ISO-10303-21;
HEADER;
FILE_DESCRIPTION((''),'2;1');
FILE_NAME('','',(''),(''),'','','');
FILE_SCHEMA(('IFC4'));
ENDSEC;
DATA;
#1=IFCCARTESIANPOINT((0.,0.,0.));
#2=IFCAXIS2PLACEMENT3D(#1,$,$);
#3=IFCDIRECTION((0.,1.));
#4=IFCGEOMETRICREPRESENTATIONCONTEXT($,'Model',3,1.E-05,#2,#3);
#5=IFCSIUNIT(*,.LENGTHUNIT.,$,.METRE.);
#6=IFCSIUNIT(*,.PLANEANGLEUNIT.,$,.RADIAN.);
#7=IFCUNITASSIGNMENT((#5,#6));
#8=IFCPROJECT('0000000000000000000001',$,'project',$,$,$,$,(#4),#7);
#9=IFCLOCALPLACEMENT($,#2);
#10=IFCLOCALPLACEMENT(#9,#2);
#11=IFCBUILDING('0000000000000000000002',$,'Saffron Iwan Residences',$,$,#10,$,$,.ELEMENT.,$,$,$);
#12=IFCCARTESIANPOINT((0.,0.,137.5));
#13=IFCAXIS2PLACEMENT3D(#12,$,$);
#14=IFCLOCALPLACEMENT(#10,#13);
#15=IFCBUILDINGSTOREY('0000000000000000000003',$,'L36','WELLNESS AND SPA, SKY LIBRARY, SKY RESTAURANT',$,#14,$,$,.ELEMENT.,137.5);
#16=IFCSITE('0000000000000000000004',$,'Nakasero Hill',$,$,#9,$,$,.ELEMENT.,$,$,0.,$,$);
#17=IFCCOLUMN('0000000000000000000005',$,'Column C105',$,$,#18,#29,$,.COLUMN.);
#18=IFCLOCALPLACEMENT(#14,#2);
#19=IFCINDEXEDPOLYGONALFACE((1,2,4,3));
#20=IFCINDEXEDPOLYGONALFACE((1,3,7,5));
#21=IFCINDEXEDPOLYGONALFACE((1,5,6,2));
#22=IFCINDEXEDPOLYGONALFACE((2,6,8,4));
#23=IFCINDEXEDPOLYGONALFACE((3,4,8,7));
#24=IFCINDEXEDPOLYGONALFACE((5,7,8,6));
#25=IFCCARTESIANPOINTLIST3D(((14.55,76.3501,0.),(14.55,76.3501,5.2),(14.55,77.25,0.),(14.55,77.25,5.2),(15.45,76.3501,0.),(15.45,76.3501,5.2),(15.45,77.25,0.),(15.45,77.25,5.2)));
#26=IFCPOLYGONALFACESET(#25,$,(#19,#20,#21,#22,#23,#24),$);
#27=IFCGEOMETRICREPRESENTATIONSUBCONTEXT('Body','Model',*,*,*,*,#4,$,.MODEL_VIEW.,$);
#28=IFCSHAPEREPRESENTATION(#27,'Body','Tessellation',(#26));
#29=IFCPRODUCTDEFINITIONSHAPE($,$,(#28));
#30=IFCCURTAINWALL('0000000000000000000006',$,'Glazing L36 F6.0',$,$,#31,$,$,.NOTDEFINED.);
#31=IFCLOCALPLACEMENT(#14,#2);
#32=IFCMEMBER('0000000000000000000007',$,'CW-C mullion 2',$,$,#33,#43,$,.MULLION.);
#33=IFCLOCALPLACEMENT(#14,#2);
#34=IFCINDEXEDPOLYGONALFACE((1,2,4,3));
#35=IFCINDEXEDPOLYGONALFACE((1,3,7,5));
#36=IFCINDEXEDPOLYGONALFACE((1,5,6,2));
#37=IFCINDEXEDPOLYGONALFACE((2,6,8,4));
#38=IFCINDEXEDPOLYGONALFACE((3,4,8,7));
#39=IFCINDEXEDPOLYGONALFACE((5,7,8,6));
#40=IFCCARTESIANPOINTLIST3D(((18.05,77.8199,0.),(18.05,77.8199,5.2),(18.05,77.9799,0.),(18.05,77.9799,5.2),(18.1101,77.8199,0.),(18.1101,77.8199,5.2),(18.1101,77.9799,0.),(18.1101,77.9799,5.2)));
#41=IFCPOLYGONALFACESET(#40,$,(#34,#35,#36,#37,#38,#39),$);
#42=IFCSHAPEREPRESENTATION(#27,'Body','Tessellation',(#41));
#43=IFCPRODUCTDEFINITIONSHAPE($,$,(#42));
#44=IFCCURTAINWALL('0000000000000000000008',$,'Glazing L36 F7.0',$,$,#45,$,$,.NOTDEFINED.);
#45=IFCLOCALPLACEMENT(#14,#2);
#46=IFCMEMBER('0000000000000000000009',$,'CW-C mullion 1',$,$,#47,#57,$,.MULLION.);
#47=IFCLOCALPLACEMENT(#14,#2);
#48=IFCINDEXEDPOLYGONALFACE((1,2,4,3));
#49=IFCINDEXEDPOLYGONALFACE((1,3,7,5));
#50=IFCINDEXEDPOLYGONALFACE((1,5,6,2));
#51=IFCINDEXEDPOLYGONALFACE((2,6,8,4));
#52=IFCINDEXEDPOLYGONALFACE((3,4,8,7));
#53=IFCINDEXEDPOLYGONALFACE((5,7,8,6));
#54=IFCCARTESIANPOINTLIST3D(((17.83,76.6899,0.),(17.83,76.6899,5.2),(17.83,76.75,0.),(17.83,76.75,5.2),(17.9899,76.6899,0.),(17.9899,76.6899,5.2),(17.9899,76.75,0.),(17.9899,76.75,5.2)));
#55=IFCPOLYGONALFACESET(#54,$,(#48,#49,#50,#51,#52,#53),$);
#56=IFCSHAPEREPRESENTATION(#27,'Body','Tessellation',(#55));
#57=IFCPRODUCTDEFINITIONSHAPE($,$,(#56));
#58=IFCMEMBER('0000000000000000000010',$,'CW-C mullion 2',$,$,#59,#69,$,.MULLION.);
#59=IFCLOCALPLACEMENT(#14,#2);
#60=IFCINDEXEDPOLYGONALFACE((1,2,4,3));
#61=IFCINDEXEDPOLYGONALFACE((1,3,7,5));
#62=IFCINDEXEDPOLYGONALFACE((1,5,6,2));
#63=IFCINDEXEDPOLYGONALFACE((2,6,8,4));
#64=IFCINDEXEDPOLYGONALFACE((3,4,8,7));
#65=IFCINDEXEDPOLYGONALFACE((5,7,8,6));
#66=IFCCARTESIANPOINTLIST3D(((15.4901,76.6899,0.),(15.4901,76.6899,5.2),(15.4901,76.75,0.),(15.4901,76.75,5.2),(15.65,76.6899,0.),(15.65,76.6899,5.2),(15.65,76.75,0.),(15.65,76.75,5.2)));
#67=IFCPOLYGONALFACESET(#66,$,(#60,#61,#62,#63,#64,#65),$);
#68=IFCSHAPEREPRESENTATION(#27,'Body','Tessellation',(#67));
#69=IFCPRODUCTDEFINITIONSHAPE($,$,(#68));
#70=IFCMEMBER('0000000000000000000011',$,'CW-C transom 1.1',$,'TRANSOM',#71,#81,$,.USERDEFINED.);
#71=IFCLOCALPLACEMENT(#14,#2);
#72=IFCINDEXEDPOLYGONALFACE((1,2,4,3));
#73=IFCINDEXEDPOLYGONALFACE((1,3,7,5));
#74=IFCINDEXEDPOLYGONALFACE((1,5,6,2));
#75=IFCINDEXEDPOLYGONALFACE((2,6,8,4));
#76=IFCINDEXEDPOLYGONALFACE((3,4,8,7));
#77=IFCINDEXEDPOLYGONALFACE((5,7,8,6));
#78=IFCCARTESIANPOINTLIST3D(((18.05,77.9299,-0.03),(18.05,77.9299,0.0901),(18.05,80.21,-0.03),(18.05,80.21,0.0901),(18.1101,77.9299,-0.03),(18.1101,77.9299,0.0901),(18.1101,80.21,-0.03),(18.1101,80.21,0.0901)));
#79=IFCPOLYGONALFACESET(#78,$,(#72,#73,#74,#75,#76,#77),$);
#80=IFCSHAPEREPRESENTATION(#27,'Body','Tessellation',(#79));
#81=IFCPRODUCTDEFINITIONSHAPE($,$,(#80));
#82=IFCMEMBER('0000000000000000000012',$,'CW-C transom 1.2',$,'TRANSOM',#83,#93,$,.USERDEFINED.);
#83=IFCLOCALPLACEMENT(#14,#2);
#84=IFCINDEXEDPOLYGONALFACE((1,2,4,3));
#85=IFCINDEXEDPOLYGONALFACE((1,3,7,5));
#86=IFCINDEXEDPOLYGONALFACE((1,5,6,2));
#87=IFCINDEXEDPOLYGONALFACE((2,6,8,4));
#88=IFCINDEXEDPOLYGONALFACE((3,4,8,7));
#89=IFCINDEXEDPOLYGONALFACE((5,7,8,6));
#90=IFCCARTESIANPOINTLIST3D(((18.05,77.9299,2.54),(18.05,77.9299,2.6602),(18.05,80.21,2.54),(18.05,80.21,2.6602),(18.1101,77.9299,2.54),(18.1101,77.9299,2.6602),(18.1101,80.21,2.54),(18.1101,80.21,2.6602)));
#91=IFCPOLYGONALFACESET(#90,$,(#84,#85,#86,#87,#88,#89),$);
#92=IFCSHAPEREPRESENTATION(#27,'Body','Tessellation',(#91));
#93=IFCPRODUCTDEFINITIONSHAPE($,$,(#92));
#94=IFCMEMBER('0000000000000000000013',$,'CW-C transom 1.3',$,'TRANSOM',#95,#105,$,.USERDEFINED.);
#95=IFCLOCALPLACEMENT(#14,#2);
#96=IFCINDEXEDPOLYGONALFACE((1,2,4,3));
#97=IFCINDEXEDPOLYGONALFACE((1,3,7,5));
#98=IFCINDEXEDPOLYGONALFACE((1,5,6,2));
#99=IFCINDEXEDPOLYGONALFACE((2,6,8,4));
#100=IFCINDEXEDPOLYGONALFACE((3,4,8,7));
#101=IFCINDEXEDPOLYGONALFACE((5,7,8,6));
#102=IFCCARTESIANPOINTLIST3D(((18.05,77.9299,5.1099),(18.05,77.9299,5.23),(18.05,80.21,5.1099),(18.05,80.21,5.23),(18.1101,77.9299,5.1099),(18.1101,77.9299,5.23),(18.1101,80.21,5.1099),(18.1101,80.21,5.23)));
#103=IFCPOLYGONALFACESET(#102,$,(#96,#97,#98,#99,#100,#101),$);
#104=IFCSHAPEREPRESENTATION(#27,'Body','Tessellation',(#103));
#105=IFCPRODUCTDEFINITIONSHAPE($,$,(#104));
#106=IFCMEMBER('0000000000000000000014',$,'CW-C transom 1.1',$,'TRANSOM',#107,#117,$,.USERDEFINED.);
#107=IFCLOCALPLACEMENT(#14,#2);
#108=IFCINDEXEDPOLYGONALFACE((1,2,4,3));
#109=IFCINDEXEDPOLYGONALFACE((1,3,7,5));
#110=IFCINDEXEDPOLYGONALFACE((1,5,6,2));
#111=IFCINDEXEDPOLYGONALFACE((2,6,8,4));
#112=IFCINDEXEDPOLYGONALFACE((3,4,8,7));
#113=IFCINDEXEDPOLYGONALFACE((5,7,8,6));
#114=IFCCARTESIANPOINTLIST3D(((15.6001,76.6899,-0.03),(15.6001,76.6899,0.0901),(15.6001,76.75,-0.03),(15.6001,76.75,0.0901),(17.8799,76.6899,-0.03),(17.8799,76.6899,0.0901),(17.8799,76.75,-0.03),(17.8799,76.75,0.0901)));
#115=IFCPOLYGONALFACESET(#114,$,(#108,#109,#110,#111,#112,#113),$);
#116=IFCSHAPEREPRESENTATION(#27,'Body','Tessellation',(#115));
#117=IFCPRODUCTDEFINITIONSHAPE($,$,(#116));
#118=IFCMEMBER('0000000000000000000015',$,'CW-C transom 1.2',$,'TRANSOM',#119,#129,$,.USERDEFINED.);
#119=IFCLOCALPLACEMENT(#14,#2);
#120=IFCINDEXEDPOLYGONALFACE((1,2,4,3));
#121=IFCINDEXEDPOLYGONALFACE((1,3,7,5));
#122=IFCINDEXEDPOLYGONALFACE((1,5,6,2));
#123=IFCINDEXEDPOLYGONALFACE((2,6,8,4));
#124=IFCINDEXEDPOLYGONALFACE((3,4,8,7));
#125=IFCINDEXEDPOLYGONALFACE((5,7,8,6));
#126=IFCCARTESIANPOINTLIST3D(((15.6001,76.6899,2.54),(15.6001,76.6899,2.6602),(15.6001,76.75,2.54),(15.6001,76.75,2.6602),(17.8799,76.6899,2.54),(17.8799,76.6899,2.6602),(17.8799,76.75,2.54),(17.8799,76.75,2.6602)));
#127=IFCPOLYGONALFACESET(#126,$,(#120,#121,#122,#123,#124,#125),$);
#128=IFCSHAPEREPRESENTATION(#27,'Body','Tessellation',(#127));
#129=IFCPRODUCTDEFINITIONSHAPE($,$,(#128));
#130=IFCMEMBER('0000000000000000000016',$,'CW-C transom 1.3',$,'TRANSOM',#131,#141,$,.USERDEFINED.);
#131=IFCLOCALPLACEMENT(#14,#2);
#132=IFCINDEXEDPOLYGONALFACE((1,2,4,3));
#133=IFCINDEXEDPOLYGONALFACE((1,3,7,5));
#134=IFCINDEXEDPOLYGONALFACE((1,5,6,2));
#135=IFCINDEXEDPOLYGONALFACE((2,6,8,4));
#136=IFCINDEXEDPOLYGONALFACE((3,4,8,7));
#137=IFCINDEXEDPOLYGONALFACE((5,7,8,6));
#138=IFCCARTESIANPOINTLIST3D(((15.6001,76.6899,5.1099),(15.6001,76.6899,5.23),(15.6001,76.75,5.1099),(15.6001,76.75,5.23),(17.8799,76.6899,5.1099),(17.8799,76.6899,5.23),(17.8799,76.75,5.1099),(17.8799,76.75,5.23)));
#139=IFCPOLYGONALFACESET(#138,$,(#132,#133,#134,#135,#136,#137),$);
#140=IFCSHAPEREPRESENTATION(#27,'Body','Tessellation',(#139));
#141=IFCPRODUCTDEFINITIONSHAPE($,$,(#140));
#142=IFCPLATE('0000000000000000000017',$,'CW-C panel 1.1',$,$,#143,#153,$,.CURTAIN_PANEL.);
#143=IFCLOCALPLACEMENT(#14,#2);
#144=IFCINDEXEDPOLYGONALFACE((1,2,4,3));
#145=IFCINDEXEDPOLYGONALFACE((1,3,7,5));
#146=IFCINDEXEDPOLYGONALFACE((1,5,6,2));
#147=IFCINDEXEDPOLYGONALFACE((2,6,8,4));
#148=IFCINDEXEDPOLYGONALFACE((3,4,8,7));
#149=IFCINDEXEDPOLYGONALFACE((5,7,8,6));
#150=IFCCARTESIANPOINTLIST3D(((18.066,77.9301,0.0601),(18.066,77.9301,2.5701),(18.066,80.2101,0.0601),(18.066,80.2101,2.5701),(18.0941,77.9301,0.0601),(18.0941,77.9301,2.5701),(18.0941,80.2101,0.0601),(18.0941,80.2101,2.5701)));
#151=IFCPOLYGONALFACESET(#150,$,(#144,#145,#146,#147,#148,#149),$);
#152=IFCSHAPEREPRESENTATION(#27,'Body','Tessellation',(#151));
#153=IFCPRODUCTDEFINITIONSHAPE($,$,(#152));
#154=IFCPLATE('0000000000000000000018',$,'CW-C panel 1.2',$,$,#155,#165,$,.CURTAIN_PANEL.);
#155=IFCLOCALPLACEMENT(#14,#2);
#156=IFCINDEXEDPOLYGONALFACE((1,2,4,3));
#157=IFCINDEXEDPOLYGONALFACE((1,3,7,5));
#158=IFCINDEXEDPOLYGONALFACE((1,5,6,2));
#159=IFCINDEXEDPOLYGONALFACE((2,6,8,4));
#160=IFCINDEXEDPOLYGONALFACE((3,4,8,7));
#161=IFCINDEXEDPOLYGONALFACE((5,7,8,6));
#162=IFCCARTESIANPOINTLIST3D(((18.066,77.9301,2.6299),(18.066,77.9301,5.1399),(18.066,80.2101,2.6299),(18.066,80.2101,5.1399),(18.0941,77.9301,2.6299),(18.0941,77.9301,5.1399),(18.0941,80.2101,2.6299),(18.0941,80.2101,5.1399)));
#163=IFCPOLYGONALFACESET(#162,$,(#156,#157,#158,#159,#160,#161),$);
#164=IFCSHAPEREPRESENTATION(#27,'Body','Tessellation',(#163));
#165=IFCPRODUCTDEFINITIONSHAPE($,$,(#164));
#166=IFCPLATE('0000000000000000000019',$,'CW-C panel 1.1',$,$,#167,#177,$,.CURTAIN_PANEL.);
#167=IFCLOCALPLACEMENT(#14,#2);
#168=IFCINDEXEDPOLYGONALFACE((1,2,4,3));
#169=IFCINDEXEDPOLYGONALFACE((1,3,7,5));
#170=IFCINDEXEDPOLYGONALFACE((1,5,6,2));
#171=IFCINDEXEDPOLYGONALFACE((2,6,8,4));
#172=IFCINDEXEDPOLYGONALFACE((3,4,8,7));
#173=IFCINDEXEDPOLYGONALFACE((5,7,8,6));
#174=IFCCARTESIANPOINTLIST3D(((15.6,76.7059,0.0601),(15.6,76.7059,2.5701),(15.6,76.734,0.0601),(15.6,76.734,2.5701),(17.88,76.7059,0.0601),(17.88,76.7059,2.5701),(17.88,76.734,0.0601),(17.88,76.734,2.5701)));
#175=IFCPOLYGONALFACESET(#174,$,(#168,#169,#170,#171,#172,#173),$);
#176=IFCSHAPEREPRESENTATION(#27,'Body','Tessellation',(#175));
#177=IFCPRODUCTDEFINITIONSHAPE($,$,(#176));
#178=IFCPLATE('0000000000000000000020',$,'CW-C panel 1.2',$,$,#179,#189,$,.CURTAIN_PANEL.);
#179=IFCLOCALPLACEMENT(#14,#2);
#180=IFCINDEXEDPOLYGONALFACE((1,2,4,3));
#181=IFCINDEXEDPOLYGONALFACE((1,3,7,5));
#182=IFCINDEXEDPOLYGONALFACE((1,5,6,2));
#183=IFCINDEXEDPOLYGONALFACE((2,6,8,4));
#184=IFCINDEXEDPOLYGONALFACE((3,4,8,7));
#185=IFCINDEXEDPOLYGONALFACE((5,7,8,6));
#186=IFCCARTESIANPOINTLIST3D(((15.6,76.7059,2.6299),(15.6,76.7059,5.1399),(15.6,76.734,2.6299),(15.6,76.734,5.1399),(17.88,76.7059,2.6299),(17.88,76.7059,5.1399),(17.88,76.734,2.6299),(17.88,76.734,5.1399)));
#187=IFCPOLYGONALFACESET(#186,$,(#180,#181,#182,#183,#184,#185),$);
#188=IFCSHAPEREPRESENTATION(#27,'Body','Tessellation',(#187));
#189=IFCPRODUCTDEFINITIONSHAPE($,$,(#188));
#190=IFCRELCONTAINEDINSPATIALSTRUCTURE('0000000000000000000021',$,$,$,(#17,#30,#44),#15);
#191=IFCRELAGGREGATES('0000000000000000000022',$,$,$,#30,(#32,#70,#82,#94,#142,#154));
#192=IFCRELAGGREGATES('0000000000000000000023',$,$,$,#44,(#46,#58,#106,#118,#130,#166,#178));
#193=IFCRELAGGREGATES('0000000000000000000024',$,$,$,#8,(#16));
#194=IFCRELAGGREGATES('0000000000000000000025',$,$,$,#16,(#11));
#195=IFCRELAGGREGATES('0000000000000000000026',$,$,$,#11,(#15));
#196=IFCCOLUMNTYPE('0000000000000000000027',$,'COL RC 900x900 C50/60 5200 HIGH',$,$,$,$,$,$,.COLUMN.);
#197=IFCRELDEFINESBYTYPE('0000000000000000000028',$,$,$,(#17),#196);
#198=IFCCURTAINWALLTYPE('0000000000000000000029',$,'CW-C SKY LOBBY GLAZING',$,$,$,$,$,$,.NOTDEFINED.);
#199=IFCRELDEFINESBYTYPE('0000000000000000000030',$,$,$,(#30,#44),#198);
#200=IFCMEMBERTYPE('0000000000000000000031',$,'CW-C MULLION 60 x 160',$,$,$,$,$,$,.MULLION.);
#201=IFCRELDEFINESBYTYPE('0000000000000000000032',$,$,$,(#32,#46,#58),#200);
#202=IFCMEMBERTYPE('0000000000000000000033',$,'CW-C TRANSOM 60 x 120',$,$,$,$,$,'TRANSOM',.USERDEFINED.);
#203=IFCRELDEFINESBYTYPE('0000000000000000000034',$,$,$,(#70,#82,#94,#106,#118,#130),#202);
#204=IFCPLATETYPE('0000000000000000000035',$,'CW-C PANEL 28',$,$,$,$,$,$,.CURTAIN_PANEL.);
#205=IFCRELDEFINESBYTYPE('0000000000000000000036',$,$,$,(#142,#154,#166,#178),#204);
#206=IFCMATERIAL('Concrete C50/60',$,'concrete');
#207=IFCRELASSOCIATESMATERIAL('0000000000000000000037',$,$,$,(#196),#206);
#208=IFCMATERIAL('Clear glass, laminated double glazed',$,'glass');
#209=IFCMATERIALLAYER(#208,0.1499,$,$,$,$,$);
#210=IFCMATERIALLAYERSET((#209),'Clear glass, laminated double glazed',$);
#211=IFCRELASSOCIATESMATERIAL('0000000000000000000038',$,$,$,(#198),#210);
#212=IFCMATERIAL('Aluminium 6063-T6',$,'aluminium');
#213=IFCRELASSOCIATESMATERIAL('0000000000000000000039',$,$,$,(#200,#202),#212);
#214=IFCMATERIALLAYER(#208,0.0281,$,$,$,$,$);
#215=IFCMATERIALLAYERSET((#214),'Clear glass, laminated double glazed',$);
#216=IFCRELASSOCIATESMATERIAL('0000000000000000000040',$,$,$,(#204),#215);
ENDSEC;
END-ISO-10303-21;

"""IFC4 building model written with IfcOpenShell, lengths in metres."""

from ifc_helpers import new_model, si_unit, direction, frame, origin, origin_2d, place, context, subcontext, project, spatial, rectangle, extrude, source, transform, mapped, material, layer, layer_set, material_profile, profile_set, type_object, element, aggregate, save


model = new_model("IFC4")

# Units and contexts
model_context = context("Model", 3, precision=1e-05, world=origin(), true_north=direction((0.0, 1.0)))
body_context = subcontext(model_context, "Body", "Model", "MODEL_VIEW")
ifc_project = project(units=[si_unit("LENGTHUNIT", "METRE"), si_unit("PLANEANGLEUNIT", "RADIAN")], contexts=[model_context])

# Site, building, storey
site_placement = place(None, origin())
site = spatial("IfcSite", under=ifc_project, at=site_placement, Name="Nakasero Hill", CompositionType="ELEMENT", RefElevation=0.0)
building_placement = place(site_placement, origin())
building = spatial("IfcBuilding", under=site, at=building_placement, Name="Saffron Iwan Residences", CompositionType="ELEMENT")
storey_placement = place(building_placement, frame((0.0, 0.0, 137.5)))
storey = spatial("IfcBuildingStorey", under=building, at=storey_placement, Name="L36", Description="WELLNESS AND SPA, SKY LIBRARY, SKY RESTAURANT", CompositionType="ELEMENT", Elevation=137.5)

# Column
ifc_material_1 = material(Name="Concrete C50/60", Category="concrete")
ifc_material_profile_1 = material_profile(ifc_material_1, rectangle(XDim=0.8999, YDim=0.8999, at=origin_2d()), Name="RC 900x900")
ifc_profile_set_1 = profile_set([ifc_material_profile_1], Name="Concrete C50/60")
column_type = type_object("IfcColumnType", Name="COL RC 900x900 C50/60 5200 HIGH", PredefinedType="COLUMN", material=ifc_profile_set_1)
shared_shape_1 = source(origin(), body_context, "Body", "SweptSolid", [
    extrude(rectangle(XDim=0.8999, YDim=0.8999, at=origin_2d()), origin(), (0.0, 0.0, 1.0), 5.2),
])
column_placement = place(storey_placement, frame((15.0, 76.8, 0.0), z_axis=(0.0, 0.0, 1.0), x_axis=(1.0, 0.0, 0.0)))
element("IfcColumn", 1, at=column_placement, inside=storey, type_object=column_type, Name="Column C105", PredefinedType="COLUMN", context=body_context, shape_type="MappedRepresentation", body=[
    mapped(shared_shape_1, transform((0.0, 0.0, 0.0))),
])

# Curtain wall, member
ifc_material_2 = material(Name="Clear glass, laminated double glazed", Category="glass")
ifc_layer_1 = layer(ifc_material_2, 0.1499)
ifc_layer_set_1 = layer_set([ifc_layer_1], Name="Clear glass, laminated double glazed")
curtain_wall_type = type_object("IfcCurtainWallType", Name="CW-C SKY LOBBY GLAZING", PredefinedType="NOTDEFINED", material=ifc_layer_set_1)
curtain_wall_1_placement = place(storey_placement, origin())
curtain_wall_1 = element("IfcCurtainWall", 2, at=curtain_wall_1_placement, inside=storey, type_object=curtain_wall_type, Name="Glazing L36 F6.0", PredefinedType="NOTDEFINED")
ifc_material_3 = material(Name="Aluminium 6063-T6", Category="aluminium")
ifc_material_profile_2 = material_profile(ifc_material_3, rectangle(XDim=0.0601, YDim=0.1599, at=origin_2d()), Name="CW-C MULLION 60 x 160")
ifc_profile_set_2 = profile_set([ifc_material_profile_2], Name="Aluminium 6063-T6")
member_type_1 = type_object("IfcMemberType", Name="CW-C MULLION 60 x 160", PredefinedType="MULLION", material=ifc_profile_set_2)
shared_shape_2 = source(origin(), body_context, "Body", "SweptSolid", [
    extrude(rectangle(XDim=0.0601, YDim=0.1599, at=origin_2d()), origin(), (0.0, 0.0, 1.0), 5.2),
])
member_1_placement = place(storey_placement, frame((18.0801, 77.8999, 0.0), z_axis=(0.0, 0.0, 1.0), x_axis=(1.0, 0.0, 0.0)))
member_1 = element("IfcMember", 3, at=member_1_placement, type_object=member_type_1, Name="CW-C mullion 2", PredefinedType="MULLION", context=body_context, shape_type="MappedRepresentation", body=[
    mapped(shared_shape_2, transform((0.0, 0.0, 0.0))),
])

# Curtain wall, members
curtain_wall_2_placement = place(storey_placement, origin())
curtain_wall_2 = element("IfcCurtainWall", 4, at=curtain_wall_2_placement, inside=storey, type_object=curtain_wall_type, Name="Glazing L36 F7.0", PredefinedType="NOTDEFINED")
member_2_placement = place(storey_placement, frame((17.9099, 76.72, 0.0), z_axis=(0.0, 0.0, 1.0), x_axis=(0.0, -1.0, 0.0)))
member_2 = element("IfcMember", 5, at=member_2_placement, type_object=member_type_1, Name="CW-C mullion 1", PredefinedType="MULLION", context=body_context, shape_type="MappedRepresentation", body=[
    mapped(shared_shape_2, transform((0.0, 0.0, 0.0))),
])
member_3_placement = place(storey_placement, frame((15.5701, 76.72, 0.0), z_axis=(0.0, 0.0, 1.0), x_axis=(0.0, -1.0, 0.0)))
member_3 = element("IfcMember", 6, at=member_3_placement, type_object=member_type_1, Name="CW-C mullion 2", PredefinedType="MULLION", context=body_context, shape_type="MappedRepresentation", body=[
    mapped(shared_shape_2, transform((0.0, 0.0, 0.0))),
])

# Members
ifc_material_profile_3 = material_profile(ifc_material_3, rectangle(XDim=0.0601, YDim=0.1201, at=origin_2d()), Name="CW-C TRANSOM 60 x 120")
ifc_profile_set_3 = profile_set([ifc_material_profile_3], Name="Aluminium 6063-T6")
member_type_2 = type_object("IfcMemberType", Name="CW-C TRANSOM 60 x 120", ElementType="TRANSOM", PredefinedType="USERDEFINED", material=ifc_profile_set_3)
shared_shape_3 = source(origin(), body_context, "Body", "SweptSolid", [
    extrude(rectangle(XDim=0.0601, YDim=0.1201, at=origin_2d()), origin(), (0.0, 0.0, 1.0), 2.28),
])
member_4_placement = place(storey_placement, frame((18.0801, 80.21, 0.03), z_axis=(0.0, -1.0, 0.0), x_axis=(1.0, 0.0, 0.0)))
member_4 = element("IfcMember", 7, at=member_4_placement, type_object=member_type_2, Name="CW-C transom 1.1", ObjectType="TRANSOM", PredefinedType="USERDEFINED", context=body_context, shape_type="MappedRepresentation", body=[
    mapped(shared_shape_3, transform((0.0, 0.0, 0.0))),
])
member_5_placement = place(storey_placement, frame((18.0801, 80.21, 2.6001), z_axis=(0.0, -1.0, 0.0), x_axis=(1.0, 0.0, 0.0)))
member_5 = element("IfcMember", 8, at=member_5_placement, type_object=member_type_2, Name="CW-C transom 1.2", ObjectType="TRANSOM", PredefinedType="USERDEFINED", context=body_context, shape_type="MappedRepresentation", body=[
    mapped(shared_shape_3, transform((0.0, 0.0, 0.0))),
])
member_6_placement = place(storey_placement, frame((18.0801, 80.21, 5.1699), z_axis=(0.0, -1.0, 0.0), x_axis=(1.0, 0.0, 0.0)))
member_6 = element("IfcMember", 9, at=member_6_placement, type_object=member_type_2, Name="CW-C transom 1.3", ObjectType="TRANSOM", PredefinedType="USERDEFINED", context=body_context, shape_type="MappedRepresentation", body=[
    mapped(shared_shape_3, transform((0.0, 0.0, 0.0))),
])
shared_shape_4 = source(origin(), body_context, "Body", "SweptSolid", [
    extrude(rectangle(XDim=0.0601, YDim=0.1201, at=origin_2d()), origin(), (0.0, 0.0, 1.0), 2.2798),
])
member_7_placement = place(storey_placement, frame((17.8799, 76.72, 0.03), z_axis=(-1.0, 0.0, 0.0), x_axis=(0.0, -1.0, 0.0)))
member_7 = element("IfcMember", 10, at=member_7_placement, type_object=member_type_2, Name="CW-C transom 1.1", ObjectType="TRANSOM", PredefinedType="USERDEFINED", context=body_context, shape_type="MappedRepresentation", body=[
    mapped(shared_shape_4, transform((0.0, 0.0, 0.0))),
])
member_8_placement = place(storey_placement, frame((17.8799, 76.72, 2.6001), z_axis=(-1.0, 0.0, 0.0), x_axis=(0.0, -1.0, 0.0)))
member_8 = element("IfcMember", 11, at=member_8_placement, type_object=member_type_2, Name="CW-C transom 1.2", ObjectType="TRANSOM", PredefinedType="USERDEFINED", context=body_context, shape_type="MappedRepresentation", body=[
    mapped(shared_shape_4, transform((0.0, 0.0, 0.0))),
])
member_9_placement = place(storey_placement, frame((17.8799, 76.72, 5.1699), z_axis=(-1.0, 0.0, 0.0), x_axis=(0.0, -1.0, 0.0)))
member_9 = element("IfcMember", 12, at=member_9_placement, type_object=member_type_2, Name="CW-C transom 1.3", ObjectType="TRANSOM", PredefinedType="USERDEFINED", context=body_context, shape_type="MappedRepresentation", body=[
    mapped(shared_shape_4, transform((0.0, 0.0, 0.0))),
])

# Plates
ifc_layer_2 = layer(ifc_material_2, 0.0281)
ifc_layer_set_2 = layer_set([ifc_layer_2], Name="Clear glass, laminated double glazed")
plate_type = type_object("IfcPlateType", Name="CW-C PANEL 28", PredefinedType="CURTAIN_PANEL", material=ifc_layer_set_2)
shared_shape_5 = source(origin(), body_context, "Body", "SweptSolid", [
    extrude(rectangle(XDim=2.28, YDim=0.0281, at=origin_2d()), origin(), (0.0, 0.0, 1.0), 2.51),
])
plate_1_placement = place(storey_placement, frame((18.0801, 79.0701, 0.0601), z_axis=(0.0, 0.0, 1.0), x_axis=(0.0, -1.0, 0.0)))
plate_1 = element("IfcPlate", 13, at=plate_1_placement, type_object=plate_type, Name="CW-C panel 1.1", PredefinedType="CURTAIN_PANEL", context=body_context, shape_type="MappedRepresentation", body=[
    mapped(shared_shape_5, transform((0.0, 0.0, 0.0))),
])
plate_2_placement = place(storey_placement, frame((18.0801, 79.0701, 2.6299), z_axis=(0.0, 0.0, 1.0), x_axis=(0.0, -1.0, 0.0)))
plate_2 = element("IfcPlate", 14, at=plate_2_placement, type_object=plate_type, Name="CW-C panel 1.2", PredefinedType="CURTAIN_PANEL", context=body_context, shape_type="MappedRepresentation", body=[
    mapped(shared_shape_5, transform((0.0, 0.0, 0.0))),
])
aggregate(curtain_wall_1, [member_1, member_4, member_5, member_6, plate_1, plate_2])
plate_3_placement = place(storey_placement, frame((16.74, 76.72, 0.0601), z_axis=(0.0, 0.0, 1.0), x_axis=(-1.0, 0.0, 0.0)))
plate_3 = element("IfcPlate", 15, at=plate_3_placement, type_object=plate_type, Name="CW-C panel 1.1", PredefinedType="CURTAIN_PANEL", context=body_context, shape_type="MappedRepresentation", body=[
    mapped(shared_shape_5, transform((0.0, 0.0, 0.0))),
])
plate_4_placement = place(storey_placement, frame((16.74, 76.72, 2.6299), z_axis=(0.0, 0.0, 1.0), x_axis=(-1.0, 0.0, 0.0)))
plate_4 = element("IfcPlate", 16, at=plate_4_placement, type_object=plate_type, Name="CW-C panel 1.2", PredefinedType="CURTAIN_PANEL", context=body_context, shape_type="MappedRepresentation", body=[
    mapped(shared_shape_5, transform((0.0, 0.0, 0.0))),
])
aggregate(curtain_wall_2, [member_2, member_3, member_7, member_8, member_9, plate_3, plate_4])

save(model, "model.ifc")
